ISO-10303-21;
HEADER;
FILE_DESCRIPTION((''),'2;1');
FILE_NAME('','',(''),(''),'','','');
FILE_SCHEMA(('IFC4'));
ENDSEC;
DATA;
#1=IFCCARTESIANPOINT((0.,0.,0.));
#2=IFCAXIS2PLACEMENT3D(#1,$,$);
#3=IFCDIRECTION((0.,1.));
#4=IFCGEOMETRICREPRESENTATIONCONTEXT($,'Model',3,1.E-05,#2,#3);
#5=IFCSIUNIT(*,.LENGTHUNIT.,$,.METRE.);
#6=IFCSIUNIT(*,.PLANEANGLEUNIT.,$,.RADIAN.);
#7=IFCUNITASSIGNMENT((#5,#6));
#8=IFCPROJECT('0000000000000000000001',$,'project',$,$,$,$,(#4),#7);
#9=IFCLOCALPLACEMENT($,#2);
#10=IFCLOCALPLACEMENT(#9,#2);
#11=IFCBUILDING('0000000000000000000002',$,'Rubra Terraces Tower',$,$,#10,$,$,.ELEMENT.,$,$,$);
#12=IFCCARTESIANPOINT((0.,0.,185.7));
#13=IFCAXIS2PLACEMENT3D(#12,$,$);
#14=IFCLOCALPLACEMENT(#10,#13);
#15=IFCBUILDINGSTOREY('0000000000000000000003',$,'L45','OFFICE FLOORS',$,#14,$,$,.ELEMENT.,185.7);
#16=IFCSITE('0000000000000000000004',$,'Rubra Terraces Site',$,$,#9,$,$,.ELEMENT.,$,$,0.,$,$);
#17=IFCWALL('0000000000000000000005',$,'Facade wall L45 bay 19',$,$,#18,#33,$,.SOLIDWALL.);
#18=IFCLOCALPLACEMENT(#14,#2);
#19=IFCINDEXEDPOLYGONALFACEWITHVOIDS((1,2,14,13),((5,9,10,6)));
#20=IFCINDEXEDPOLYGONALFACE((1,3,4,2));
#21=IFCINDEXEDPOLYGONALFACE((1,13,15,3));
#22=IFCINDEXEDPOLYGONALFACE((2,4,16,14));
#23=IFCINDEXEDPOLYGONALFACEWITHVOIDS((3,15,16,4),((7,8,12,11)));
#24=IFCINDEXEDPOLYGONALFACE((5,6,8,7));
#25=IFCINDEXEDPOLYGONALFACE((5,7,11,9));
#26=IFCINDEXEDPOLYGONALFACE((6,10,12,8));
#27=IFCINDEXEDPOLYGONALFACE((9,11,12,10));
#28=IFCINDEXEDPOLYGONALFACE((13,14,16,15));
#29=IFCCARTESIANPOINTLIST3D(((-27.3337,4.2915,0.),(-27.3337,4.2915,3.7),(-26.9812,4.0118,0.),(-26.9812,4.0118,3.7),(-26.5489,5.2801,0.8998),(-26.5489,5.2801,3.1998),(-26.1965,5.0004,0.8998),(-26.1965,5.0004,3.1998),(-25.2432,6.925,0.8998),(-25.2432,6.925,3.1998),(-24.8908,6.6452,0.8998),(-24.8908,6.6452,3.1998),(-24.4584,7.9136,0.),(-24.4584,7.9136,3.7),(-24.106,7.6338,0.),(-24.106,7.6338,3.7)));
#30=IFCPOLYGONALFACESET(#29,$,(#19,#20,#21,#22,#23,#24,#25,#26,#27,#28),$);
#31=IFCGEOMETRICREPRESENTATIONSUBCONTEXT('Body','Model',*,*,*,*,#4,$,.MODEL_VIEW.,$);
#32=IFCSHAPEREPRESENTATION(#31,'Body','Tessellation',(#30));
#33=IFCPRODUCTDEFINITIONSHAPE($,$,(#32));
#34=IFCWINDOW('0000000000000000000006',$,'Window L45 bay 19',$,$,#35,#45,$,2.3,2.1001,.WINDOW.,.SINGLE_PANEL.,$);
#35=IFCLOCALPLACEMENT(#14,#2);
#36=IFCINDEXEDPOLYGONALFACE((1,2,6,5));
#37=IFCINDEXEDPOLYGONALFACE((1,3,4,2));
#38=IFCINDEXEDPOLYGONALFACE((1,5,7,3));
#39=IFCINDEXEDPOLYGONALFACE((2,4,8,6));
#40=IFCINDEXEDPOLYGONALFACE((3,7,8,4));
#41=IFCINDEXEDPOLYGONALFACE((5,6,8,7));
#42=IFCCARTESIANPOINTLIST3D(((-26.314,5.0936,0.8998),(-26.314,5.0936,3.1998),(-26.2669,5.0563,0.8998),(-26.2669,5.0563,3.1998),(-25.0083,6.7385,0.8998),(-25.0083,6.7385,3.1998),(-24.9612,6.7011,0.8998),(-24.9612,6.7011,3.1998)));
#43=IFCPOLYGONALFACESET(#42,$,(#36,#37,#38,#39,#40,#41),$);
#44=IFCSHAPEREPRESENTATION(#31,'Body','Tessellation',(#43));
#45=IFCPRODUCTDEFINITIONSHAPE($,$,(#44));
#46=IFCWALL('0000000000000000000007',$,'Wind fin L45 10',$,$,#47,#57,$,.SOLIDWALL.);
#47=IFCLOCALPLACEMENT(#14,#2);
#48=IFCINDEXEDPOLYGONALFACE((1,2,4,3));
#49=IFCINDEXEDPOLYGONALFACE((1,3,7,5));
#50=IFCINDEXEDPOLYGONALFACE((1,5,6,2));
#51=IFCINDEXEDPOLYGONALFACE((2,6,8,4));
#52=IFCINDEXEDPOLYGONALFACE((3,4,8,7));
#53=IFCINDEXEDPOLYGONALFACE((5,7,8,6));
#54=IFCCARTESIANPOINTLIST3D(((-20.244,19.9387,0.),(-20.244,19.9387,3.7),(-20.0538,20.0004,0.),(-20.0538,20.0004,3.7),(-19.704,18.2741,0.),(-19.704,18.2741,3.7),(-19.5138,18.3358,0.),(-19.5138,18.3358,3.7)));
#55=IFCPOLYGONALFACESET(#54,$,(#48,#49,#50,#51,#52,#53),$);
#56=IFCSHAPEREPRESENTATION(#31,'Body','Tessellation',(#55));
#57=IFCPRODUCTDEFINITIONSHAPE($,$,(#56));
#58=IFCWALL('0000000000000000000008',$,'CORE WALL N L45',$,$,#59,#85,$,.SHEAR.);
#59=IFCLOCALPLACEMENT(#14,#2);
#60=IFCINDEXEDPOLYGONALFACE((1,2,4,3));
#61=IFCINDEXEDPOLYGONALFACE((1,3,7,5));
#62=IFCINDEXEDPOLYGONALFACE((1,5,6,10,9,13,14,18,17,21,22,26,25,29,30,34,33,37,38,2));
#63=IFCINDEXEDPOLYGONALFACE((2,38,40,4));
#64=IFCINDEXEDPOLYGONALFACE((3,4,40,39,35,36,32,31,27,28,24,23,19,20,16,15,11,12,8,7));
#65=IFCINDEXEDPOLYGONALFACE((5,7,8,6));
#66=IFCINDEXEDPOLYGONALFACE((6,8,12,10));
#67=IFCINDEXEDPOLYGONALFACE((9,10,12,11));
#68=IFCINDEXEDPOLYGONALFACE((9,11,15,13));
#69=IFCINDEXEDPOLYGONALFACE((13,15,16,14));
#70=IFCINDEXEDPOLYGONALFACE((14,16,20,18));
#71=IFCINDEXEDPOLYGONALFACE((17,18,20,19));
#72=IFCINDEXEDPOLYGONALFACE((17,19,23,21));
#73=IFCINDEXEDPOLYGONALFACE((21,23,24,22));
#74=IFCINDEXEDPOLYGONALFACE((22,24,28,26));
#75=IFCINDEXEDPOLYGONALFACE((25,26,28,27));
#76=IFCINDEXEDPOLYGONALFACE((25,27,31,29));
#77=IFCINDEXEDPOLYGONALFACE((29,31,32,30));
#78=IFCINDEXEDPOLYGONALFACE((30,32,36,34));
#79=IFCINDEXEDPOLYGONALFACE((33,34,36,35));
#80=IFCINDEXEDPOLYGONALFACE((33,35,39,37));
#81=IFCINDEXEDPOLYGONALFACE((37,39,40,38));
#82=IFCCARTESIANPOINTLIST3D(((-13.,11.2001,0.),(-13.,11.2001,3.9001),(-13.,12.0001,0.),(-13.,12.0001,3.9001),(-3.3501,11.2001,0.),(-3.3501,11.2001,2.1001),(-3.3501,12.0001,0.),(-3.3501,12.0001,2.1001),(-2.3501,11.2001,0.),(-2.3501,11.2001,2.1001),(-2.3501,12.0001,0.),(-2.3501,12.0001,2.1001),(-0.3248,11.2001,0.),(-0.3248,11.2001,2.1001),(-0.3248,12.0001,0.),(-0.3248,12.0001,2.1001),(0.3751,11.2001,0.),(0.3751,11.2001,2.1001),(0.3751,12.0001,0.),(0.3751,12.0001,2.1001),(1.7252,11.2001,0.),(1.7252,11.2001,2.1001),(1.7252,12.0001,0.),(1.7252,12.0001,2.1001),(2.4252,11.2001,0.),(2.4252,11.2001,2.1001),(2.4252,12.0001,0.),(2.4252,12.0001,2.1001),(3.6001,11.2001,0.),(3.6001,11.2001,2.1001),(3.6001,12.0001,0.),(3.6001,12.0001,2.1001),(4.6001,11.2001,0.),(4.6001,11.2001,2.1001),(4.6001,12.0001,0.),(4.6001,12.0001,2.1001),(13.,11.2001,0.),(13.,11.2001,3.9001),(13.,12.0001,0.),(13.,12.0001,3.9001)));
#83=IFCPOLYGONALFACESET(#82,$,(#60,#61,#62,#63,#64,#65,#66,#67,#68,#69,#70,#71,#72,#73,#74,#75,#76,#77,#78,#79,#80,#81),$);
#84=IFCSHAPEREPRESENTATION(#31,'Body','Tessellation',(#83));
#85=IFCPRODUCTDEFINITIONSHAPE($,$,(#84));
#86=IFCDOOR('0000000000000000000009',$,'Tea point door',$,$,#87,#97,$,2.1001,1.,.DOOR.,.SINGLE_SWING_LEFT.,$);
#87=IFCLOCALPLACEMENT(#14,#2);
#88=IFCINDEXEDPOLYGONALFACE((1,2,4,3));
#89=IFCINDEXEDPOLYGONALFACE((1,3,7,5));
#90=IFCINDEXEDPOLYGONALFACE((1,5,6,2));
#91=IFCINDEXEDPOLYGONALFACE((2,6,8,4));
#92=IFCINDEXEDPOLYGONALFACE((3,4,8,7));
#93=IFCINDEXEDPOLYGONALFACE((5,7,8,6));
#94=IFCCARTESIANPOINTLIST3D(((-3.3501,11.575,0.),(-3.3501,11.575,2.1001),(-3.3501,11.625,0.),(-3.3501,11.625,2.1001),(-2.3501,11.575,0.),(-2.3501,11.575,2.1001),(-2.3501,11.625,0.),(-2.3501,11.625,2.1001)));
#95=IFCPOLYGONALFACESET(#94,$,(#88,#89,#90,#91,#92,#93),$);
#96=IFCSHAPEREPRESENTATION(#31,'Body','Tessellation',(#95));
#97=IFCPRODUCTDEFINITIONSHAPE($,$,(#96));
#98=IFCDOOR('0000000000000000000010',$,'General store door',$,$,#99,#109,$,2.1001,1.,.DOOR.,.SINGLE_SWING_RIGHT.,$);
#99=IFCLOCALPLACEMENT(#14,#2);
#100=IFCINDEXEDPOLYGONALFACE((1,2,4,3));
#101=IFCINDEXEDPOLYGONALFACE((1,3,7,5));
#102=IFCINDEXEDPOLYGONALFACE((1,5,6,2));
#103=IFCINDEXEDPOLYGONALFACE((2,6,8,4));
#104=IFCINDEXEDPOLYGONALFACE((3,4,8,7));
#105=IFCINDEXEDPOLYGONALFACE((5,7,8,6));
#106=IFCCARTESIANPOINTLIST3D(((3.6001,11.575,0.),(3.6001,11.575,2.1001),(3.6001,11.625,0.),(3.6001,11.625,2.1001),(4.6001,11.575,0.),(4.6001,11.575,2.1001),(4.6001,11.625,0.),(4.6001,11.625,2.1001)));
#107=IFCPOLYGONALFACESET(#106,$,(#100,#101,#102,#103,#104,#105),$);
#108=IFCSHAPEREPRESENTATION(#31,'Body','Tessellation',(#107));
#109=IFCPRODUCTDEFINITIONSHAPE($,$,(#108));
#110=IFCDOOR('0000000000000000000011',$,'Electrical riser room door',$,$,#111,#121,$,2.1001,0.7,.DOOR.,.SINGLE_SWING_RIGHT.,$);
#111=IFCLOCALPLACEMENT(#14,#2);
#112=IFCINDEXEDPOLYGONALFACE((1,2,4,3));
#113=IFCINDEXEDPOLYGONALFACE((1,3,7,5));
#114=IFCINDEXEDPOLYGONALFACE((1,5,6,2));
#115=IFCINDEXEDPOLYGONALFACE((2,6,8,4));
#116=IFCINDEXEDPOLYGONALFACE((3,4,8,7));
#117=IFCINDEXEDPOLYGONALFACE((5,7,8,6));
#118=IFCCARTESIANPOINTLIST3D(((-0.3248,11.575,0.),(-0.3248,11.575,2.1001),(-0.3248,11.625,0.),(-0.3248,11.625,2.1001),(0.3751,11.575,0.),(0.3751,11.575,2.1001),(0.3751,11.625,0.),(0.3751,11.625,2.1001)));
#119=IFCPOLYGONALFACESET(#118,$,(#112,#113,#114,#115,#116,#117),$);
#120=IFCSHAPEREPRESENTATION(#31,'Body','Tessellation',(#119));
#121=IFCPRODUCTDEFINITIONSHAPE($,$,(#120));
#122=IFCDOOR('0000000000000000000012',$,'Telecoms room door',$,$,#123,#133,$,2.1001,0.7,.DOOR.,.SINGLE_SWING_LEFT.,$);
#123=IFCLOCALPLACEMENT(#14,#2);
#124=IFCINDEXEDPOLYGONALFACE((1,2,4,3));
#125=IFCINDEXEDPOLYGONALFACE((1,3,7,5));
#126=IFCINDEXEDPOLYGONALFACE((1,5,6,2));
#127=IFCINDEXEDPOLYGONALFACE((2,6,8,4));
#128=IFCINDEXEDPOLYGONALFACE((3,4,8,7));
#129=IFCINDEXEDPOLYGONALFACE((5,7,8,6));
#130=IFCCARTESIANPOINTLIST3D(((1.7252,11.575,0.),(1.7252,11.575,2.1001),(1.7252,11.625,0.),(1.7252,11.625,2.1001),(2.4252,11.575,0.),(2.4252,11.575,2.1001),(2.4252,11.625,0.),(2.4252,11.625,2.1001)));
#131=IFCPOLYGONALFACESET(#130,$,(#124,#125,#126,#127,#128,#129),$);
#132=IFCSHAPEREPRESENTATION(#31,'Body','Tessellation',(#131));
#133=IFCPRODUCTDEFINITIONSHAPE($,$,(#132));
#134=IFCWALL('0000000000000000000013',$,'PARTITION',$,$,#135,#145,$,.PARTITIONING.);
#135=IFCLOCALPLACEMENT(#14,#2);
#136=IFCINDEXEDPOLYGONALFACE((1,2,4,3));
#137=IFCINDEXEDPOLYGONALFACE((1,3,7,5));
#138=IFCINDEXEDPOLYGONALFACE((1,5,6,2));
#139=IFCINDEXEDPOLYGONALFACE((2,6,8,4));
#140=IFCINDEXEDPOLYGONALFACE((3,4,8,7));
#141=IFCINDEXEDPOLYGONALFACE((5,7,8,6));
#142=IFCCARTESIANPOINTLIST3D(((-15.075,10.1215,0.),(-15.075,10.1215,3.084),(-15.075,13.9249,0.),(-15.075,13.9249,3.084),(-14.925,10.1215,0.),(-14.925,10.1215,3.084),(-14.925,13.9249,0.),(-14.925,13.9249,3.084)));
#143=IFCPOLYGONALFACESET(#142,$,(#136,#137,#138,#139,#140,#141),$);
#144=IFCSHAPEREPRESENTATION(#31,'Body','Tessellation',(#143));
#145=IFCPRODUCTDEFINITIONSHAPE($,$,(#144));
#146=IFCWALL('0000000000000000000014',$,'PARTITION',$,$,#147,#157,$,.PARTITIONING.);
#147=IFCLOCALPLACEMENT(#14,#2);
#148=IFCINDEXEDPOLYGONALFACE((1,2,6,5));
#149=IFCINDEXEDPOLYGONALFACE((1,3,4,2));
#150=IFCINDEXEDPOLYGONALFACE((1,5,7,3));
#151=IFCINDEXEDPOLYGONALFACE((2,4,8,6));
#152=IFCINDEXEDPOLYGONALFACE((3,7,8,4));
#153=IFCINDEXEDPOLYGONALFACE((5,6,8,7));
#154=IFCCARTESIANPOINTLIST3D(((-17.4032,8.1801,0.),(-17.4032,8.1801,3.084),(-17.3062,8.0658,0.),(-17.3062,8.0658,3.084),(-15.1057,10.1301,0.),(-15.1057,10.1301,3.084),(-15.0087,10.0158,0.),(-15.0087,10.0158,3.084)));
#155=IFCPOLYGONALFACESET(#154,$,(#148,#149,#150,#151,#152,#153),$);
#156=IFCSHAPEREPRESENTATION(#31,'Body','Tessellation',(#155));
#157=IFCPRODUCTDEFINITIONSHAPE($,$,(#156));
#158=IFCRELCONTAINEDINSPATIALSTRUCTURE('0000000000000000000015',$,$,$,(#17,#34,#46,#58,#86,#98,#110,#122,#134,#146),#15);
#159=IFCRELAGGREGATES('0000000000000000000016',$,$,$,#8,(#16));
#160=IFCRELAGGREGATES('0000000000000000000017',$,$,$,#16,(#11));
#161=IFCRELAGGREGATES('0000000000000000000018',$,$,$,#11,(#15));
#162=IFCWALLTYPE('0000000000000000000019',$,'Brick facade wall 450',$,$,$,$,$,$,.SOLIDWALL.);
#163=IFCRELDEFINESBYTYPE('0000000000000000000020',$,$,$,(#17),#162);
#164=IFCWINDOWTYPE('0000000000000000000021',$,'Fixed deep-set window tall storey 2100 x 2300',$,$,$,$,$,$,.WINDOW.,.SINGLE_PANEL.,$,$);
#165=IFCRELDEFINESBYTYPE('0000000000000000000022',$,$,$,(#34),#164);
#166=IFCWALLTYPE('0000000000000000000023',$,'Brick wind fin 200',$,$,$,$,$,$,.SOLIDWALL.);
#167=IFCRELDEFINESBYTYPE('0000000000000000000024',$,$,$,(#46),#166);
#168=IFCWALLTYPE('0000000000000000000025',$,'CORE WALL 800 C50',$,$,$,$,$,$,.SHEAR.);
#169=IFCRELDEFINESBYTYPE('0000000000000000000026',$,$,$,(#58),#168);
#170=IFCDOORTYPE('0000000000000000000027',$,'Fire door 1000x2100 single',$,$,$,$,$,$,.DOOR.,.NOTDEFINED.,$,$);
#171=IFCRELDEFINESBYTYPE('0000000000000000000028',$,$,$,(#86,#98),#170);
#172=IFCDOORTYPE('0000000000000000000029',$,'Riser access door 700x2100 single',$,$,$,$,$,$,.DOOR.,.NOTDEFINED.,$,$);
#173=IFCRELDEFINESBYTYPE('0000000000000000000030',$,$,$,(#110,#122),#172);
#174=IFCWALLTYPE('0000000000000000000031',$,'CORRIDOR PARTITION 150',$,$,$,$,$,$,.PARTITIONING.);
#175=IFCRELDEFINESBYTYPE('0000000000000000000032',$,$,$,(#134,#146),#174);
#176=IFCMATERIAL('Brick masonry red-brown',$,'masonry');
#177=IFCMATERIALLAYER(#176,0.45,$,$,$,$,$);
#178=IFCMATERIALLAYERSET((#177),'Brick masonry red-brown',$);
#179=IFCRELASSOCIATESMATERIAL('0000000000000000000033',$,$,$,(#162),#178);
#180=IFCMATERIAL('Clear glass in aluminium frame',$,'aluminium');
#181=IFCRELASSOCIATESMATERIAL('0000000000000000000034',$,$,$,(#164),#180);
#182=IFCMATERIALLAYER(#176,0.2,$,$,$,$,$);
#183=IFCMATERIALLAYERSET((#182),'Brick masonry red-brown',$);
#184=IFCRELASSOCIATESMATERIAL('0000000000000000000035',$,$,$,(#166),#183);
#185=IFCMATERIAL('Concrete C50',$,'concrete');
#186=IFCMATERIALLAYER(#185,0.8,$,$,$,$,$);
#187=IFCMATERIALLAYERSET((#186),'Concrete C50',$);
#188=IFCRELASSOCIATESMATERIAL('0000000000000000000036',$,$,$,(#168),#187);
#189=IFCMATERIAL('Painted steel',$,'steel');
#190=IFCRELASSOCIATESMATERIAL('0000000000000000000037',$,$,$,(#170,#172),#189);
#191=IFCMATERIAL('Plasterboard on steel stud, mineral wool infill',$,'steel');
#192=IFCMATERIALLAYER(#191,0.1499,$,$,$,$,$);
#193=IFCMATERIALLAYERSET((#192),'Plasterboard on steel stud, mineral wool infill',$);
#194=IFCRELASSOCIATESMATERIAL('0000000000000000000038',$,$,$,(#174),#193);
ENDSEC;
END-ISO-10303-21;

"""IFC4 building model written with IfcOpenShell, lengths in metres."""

from ifc_helpers import new_model, si_unit, direction, frame, frame_2d, origin, place, context, subcontext, project, spatial, rectangle, extrude, material, layer, layer_set, type_object, element, fill, save


model = new_model("IFC4")

# Units and contexts
model_context = context("Model", 3, precision=1e-05, world=origin(), true_north=direction((0.0, 1.0)))
body_context = subcontext(model_context, "Body", "Model", "MODEL_VIEW")
ifc_project = project(units=[si_unit("LENGTHUNIT", "METRE"), si_unit("PLANEANGLEUNIT", "RADIAN")], contexts=[model_context])

# Site, building, storey
site_placement = place(None, origin())
site = spatial("IfcSite", under=ifc_project, at=site_placement, Name="Rubra Terraces Site", CompositionType="ELEMENT", RefElevation=0.0)
building_placement = place(site_placement, origin())
building = spatial("IfcBuilding", under=site, at=building_placement, Name="Rubra Terraces Tower", CompositionType="ELEMENT")
storey_placement = place(building_placement, frame((0.0, 0.0, 185.7)))
storey = spatial("IfcBuildingStorey", under=building, at=storey_placement, Name="L45", Description="OFFICE FLOORS", CompositionType="ELEMENT", Elevation=185.7)

# Shared definitions
ifc_material_1 = material(Name="Concrete C50", Category="concrete")

# Wall, opening, window
ifc_material_2 = material(Name="Brick masonry red-brown", Category="masonry")
ifc_layer_1 = layer(ifc_material_2, 0.45)
ifc_layer_set_1 = layer_set([ifc_layer_1], Name="Brick masonry red-brown")
wall_type_1 = type_object("IfcWallType", Name="Brick facade wall 450", PredefinedType="SOLIDWALL", material=ifc_layer_set_1)
ifc_material_3 = material(Name="Clear glass in aluminium frame", Category="aluminium")
window_type_1 = type_object("IfcWindowType", Name="Fixed deep-set window tall storey 2100 x 2300", PartitioningType="SINGLE_PANEL", PredefinedType="WINDOW", material=ifc_material_3)
wall_1_placement = place(storey_placement, frame((-24.2822, 7.7737, 0.0), z_axis=(0.0, 0.0, 1.0), x_axis=(-0.621735, -0.783227, 0.0)))
wall_1 = element("IfcWall", 1, at=wall_1_placement, inside=storey, type_object=wall_type_1, Name="Facade wall L45 bay 19", PredefinedType="SOLIDWALL", context=body_context, shape_type="SweptSolid", body=[
    extrude(rectangle(XDim=4.6245, YDim=0.45, at=frame_2d((2.3123, 0.0))), origin(), (0.0, 0.0, 1.0), 3.7),
])
opening_1_placement = place(wall_1_placement, frame((1.2622, 0.0, 0.8999)))
opening_1 = element("IfcOpeningElement", 2, at=opening_1_placement, cuts=wall_1, PredefinedType="OPENING", context=body_context, shape_type="SweptSolid", body=[
    extrude(rectangle(XDim=2.1001, YDim=2.3, at=frame_2d((1.05, 1.1499))), frame((0.0, 0.2349, 0.0), z_axis=(0.0, -1.0, 0.0), x_axis=(1.0, 0.0, 0.0)), (0.0, 0.0, 1.0), 0.47),
])
window_1_placement = place(opening_1_placement, origin())
window_1 = element("IfcWindow", 3, at=window_1_placement, inside=storey, type_object=window_type_1, Name="Window L45 bay 19", OverallHeight=2.3, OverallWidth=2.1001, PartitioningType="SINGLE_PANEL", PredefinedType="WINDOW", context=body_context, shape_type="SweptSolid", body=[
    extrude(rectangle(XDim=2.1001, YDim=2.3, at=frame_2d((1.05, 1.1499))), frame((0.0, 0.135, 0.0), z_axis=(0.0, -1.0, 0.0), x_axis=(1.0, 0.0, 0.0)), (0.0, 0.0, 1.0), 0.0601),
])
fill(opening_1, window_1)

# Wall
ifc_layer_2 = layer(ifc_material_2, 0.2)
ifc_layer_set_2 = layer_set([ifc_layer_2], Name="Brick masonry red-brown")
wall_type_2 = type_object("IfcWallType", Name="Brick wind fin 200", PredefinedType="SOLIDWALL", material=ifc_layer_set_2)
wall_2_placement = place(storey_placement, frame((-19.6089, 18.3049, 0.0), z_axis=(0.0, 0.0, 1.0), x_axis=(-0.3086, 0.951192, 0.0)))
element("IfcWall", 4, at=wall_2_placement, inside=storey, type_object=wall_type_2, Name="Wind fin L45 10", PredefinedType="SOLIDWALL", context=body_context, shape_type="SweptSolid", body=[
    extrude(rectangle(XDim=1.75, YDim=0.2, at=frame_2d((0.875, 0.0))), origin(), (0.0, 0.0, 1.0), 3.7),
])

# Wall, openings, doors
ifc_layer_3 = layer(ifc_material_1, 0.8)
ifc_layer_set_3 = layer_set([ifc_layer_3], Name="Concrete C50")
wall_type_3 = type_object("IfcWallType", Name="CORE WALL 800 C50", PredefinedType="SHEAR", material=ifc_layer_set_3)
wall_3_placement = place(storey_placement, frame((-13.0, 11.6001, 0.0), z_axis=(0.0, 0.0, 1.0), x_axis=(1.0, 0.0, 0.0)))
wall_3 = element("IfcWall", 5, at=wall_3_placement, inside=storey, type_object=wall_type_3, Name="CORE WALL N L45", PredefinedType="SHEAR", context=body_context, shape_type="SweptSolid", body=[
    extrude(rectangle(XDim=26.0, YDim=0.8, at=frame_2d((13.0, 0.0))), origin(), (0.0, 0.0, 1.0), 3.9001),
])
opening_2_placement = place(wall_3_placement, frame((9.6499, 0.0, 0.0)))
opening_2 = element("IfcOpeningElement", 6, at=opening_2_placement, cuts=wall_3, PredefinedType="OPENING", context=body_context, shape_type="SweptSolid", body=[
    extrude(rectangle(XDim=1.0, YDim=2.1001, at=frame_2d((0.5, 1.05))), frame((0.0, 0.4099, 0.0), z_axis=(0.0, -1.0, 0.0), x_axis=(1.0, 0.0, 0.0)), (0.0, 0.0, 1.0), 0.8201),
])
opening_3_placement = place(wall_3_placement, frame((12.675, 0.0, 0.0)))
opening_3 = element("IfcOpeningElement", 7, at=opening_3_placement, cuts=wall_3, PredefinedType="OPENING", context=body_context, shape_type="SweptSolid", body=[
    extrude(rectangle(XDim=0.7, YDim=2.1001, at=frame_2d((0.3501, 1.05))), frame((0.0, 0.4099, 0.0), z_axis=(0.0, -1.0, 0.0), x_axis=(1.0, 0.0, 0.0)), (0.0, 0.0, 1.0), 0.8201),
])
opening_4_placement = place(wall_3_placement, frame((14.7251, 0.0, 0.0)))
opening_4 = element("IfcOpeningElement", 8, at=opening_4_placement, cuts=wall_3, PredefinedType="OPENING", context=body_context, shape_type="SweptSolid", body=[
    extrude(rectangle(XDim=0.7, YDim=2.1001, at=frame_2d((0.3501, 1.05))), frame((0.0, 0.4099, 0.0), z_axis=(0.0, -1.0, 0.0), x_axis=(1.0, 0.0, 0.0)), (0.0, 0.0, 1.0), 0.8201),
])
opening_5_placement = place(wall_3_placement, frame((16.6001, 0.0, 0.0)))
opening_5 = element("IfcOpeningElement", 9, at=opening_5_placement, cuts=wall_3, PredefinedType="OPENING", context=body_context, shape_type="SweptSolid", body=[
    extrude(rectangle(XDim=1.0, YDim=2.1001, at=frame_2d((0.5, 1.05))), frame((0.0, 0.4099, 0.0), z_axis=(0.0, -1.0, 0.0), x_axis=(1.0, 0.0, 0.0)), (0.0, 0.0, 1.0), 0.8201),
])
ifc_material_4 = material(Name="Painted steel", Category="steel")
door_type_1 = type_object("IfcDoorType", Name="Fire door 1000x2100 single", OperationType="NOTDEFINED", PredefinedType="DOOR", material=ifc_material_4)
door_1_placement = place(opening_2_placement, origin())
door_1 = element("IfcDoor", 10, at=door_1_placement, inside=storey, type_object=door_type_1, Name="Tea point door", OperationType="SINGLE_SWING_LEFT", OverallHeight=2.1001, OverallWidth=1.0, PredefinedType="DOOR", context=body_context, shape_type="SweptSolid", body=[
    extrude(rectangle(XDim=1.0, YDim=2.1001, at=frame_2d((0.5, 1.05))), frame((0.0, 0.0249, 0.0), z_axis=(0.0, -1.0, 0.0), x_axis=(1.0, 0.0, 0.0)), (0.0, 0.0, 1.0), 0.05),
])
fill(opening_2, door_1)
door_2_placement = place(opening_5_placement, origin())
door_2 = element("IfcDoor", 11, at=door_2_placement, inside=storey, type_object=door_type_1, Name="General store door", OperationType="SINGLE_SWING_RIGHT", OverallHeight=2.1001, OverallWidth=1.0, PredefinedType="DOOR", context=body_context, shape_type="SweptSolid", body=[
    extrude(rectangle(XDim=1.0, YDim=2.1001, at=frame_2d((0.5, 1.05))), frame((0.0, 0.0249, 0.0), z_axis=(0.0, -1.0, 0.0), x_axis=(1.0, 0.0, 0.0)), (0.0, 0.0, 1.0), 0.05),
])
fill(opening_5, door_2)
door_type_2 = type_object("IfcDoorType", Name="Riser access door 700x2100 single", OperationType="NOTDEFINED", PredefinedType="DOOR", material=ifc_material_4)
door_3_placement = place(opening_3_placement, origin())
door_3 = element("IfcDoor", 12, at=door_3_placement, inside=storey, type_object=door_type_2, Name="Electrical riser room door", OperationType="SINGLE_SWING_RIGHT", OverallHeight=2.1001, OverallWidth=0.7, PredefinedType="DOOR", context=body_context, shape_type="SweptSolid", body=[
    extrude(rectangle(XDim=0.7, YDim=2.1001, at=frame_2d((0.3501, 1.05))), frame((0.0, 0.0249, 0.0), z_axis=(0.0, -1.0, 0.0), x_axis=(1.0, 0.0, 0.0)), (0.0, 0.0, 1.0), 0.05),
])
fill(opening_3, door_3)
door_4_placement = place(opening_4_placement, origin())
door_4 = element("IfcDoor", 13, at=door_4_placement, inside=storey, type_object=door_type_2, Name="Telecoms room door", OperationType="SINGLE_SWING_LEFT", OverallHeight=2.1001, OverallWidth=0.7, PredefinedType="DOOR", context=body_context, shape_type="SweptSolid", body=[
    extrude(rectangle(XDim=0.7, YDim=2.1001, at=frame_2d((0.3501, 1.05))), frame((0.0, 0.0249, 0.0), z_axis=(0.0, -1.0, 0.0), x_axis=(1.0, 0.0, 0.0)), (0.0, 0.0, 1.0), 0.05),
])
fill(opening_4, door_4)

# Walls
ifc_material_5 = material(Name="Plasterboard on steel stud, mineral wool infill", Category="steel")
ifc_layer_4 = layer(ifc_material_5, 0.1499)
ifc_layer_set_4 = layer_set([ifc_layer_4], Name="Plasterboard on steel stud, mineral wool infill")
wall_type_4 = type_object("IfcWallType", Name="CORRIDOR PARTITION 150", PredefinedType="PARTITIONING", material=ifc_layer_set_4)
wall_4_placement = place(storey_placement, frame((-15.0, 13.925, 0.0), z_axis=(0.0, 0.0, 1.0), x_axis=(0.0, -1.0, 0.0)))
element("IfcWall", 14, at=wall_4_placement, inside=storey, type_object=wall_type_4, Name="PARTITION", PredefinedType="PARTITIONING", context=body_context, shape_type="SweptSolid", body=[
    extrude(rectangle(XDim=3.8035, YDim=0.1499, at=frame_2d((1.9019, 0.0))), origin(), (0.0, 0.0, 1.0), 3.084),
])
wall_5_placement = place(storey_placement, frame((-15.0571, 10.073, 0.0), z_axis=(0.0, 0.0, 1.0), x_axis=(-0.762399, -0.647107, 0.0)))
element("IfcWall", 15, at=wall_5_placement, inside=storey, type_object=wall_type_4, Name="PARTITION", PredefinedType="PARTITIONING", context=body_context, shape_type="SweptSolid", body=[
    extrude(rectangle(XDim=3.0134, YDim=0.1499, at=frame_2d((1.5068, 0.0))), origin(), (0.0, 0.0, 1.0), 3.084),
])

save(model, "model.ifc")
